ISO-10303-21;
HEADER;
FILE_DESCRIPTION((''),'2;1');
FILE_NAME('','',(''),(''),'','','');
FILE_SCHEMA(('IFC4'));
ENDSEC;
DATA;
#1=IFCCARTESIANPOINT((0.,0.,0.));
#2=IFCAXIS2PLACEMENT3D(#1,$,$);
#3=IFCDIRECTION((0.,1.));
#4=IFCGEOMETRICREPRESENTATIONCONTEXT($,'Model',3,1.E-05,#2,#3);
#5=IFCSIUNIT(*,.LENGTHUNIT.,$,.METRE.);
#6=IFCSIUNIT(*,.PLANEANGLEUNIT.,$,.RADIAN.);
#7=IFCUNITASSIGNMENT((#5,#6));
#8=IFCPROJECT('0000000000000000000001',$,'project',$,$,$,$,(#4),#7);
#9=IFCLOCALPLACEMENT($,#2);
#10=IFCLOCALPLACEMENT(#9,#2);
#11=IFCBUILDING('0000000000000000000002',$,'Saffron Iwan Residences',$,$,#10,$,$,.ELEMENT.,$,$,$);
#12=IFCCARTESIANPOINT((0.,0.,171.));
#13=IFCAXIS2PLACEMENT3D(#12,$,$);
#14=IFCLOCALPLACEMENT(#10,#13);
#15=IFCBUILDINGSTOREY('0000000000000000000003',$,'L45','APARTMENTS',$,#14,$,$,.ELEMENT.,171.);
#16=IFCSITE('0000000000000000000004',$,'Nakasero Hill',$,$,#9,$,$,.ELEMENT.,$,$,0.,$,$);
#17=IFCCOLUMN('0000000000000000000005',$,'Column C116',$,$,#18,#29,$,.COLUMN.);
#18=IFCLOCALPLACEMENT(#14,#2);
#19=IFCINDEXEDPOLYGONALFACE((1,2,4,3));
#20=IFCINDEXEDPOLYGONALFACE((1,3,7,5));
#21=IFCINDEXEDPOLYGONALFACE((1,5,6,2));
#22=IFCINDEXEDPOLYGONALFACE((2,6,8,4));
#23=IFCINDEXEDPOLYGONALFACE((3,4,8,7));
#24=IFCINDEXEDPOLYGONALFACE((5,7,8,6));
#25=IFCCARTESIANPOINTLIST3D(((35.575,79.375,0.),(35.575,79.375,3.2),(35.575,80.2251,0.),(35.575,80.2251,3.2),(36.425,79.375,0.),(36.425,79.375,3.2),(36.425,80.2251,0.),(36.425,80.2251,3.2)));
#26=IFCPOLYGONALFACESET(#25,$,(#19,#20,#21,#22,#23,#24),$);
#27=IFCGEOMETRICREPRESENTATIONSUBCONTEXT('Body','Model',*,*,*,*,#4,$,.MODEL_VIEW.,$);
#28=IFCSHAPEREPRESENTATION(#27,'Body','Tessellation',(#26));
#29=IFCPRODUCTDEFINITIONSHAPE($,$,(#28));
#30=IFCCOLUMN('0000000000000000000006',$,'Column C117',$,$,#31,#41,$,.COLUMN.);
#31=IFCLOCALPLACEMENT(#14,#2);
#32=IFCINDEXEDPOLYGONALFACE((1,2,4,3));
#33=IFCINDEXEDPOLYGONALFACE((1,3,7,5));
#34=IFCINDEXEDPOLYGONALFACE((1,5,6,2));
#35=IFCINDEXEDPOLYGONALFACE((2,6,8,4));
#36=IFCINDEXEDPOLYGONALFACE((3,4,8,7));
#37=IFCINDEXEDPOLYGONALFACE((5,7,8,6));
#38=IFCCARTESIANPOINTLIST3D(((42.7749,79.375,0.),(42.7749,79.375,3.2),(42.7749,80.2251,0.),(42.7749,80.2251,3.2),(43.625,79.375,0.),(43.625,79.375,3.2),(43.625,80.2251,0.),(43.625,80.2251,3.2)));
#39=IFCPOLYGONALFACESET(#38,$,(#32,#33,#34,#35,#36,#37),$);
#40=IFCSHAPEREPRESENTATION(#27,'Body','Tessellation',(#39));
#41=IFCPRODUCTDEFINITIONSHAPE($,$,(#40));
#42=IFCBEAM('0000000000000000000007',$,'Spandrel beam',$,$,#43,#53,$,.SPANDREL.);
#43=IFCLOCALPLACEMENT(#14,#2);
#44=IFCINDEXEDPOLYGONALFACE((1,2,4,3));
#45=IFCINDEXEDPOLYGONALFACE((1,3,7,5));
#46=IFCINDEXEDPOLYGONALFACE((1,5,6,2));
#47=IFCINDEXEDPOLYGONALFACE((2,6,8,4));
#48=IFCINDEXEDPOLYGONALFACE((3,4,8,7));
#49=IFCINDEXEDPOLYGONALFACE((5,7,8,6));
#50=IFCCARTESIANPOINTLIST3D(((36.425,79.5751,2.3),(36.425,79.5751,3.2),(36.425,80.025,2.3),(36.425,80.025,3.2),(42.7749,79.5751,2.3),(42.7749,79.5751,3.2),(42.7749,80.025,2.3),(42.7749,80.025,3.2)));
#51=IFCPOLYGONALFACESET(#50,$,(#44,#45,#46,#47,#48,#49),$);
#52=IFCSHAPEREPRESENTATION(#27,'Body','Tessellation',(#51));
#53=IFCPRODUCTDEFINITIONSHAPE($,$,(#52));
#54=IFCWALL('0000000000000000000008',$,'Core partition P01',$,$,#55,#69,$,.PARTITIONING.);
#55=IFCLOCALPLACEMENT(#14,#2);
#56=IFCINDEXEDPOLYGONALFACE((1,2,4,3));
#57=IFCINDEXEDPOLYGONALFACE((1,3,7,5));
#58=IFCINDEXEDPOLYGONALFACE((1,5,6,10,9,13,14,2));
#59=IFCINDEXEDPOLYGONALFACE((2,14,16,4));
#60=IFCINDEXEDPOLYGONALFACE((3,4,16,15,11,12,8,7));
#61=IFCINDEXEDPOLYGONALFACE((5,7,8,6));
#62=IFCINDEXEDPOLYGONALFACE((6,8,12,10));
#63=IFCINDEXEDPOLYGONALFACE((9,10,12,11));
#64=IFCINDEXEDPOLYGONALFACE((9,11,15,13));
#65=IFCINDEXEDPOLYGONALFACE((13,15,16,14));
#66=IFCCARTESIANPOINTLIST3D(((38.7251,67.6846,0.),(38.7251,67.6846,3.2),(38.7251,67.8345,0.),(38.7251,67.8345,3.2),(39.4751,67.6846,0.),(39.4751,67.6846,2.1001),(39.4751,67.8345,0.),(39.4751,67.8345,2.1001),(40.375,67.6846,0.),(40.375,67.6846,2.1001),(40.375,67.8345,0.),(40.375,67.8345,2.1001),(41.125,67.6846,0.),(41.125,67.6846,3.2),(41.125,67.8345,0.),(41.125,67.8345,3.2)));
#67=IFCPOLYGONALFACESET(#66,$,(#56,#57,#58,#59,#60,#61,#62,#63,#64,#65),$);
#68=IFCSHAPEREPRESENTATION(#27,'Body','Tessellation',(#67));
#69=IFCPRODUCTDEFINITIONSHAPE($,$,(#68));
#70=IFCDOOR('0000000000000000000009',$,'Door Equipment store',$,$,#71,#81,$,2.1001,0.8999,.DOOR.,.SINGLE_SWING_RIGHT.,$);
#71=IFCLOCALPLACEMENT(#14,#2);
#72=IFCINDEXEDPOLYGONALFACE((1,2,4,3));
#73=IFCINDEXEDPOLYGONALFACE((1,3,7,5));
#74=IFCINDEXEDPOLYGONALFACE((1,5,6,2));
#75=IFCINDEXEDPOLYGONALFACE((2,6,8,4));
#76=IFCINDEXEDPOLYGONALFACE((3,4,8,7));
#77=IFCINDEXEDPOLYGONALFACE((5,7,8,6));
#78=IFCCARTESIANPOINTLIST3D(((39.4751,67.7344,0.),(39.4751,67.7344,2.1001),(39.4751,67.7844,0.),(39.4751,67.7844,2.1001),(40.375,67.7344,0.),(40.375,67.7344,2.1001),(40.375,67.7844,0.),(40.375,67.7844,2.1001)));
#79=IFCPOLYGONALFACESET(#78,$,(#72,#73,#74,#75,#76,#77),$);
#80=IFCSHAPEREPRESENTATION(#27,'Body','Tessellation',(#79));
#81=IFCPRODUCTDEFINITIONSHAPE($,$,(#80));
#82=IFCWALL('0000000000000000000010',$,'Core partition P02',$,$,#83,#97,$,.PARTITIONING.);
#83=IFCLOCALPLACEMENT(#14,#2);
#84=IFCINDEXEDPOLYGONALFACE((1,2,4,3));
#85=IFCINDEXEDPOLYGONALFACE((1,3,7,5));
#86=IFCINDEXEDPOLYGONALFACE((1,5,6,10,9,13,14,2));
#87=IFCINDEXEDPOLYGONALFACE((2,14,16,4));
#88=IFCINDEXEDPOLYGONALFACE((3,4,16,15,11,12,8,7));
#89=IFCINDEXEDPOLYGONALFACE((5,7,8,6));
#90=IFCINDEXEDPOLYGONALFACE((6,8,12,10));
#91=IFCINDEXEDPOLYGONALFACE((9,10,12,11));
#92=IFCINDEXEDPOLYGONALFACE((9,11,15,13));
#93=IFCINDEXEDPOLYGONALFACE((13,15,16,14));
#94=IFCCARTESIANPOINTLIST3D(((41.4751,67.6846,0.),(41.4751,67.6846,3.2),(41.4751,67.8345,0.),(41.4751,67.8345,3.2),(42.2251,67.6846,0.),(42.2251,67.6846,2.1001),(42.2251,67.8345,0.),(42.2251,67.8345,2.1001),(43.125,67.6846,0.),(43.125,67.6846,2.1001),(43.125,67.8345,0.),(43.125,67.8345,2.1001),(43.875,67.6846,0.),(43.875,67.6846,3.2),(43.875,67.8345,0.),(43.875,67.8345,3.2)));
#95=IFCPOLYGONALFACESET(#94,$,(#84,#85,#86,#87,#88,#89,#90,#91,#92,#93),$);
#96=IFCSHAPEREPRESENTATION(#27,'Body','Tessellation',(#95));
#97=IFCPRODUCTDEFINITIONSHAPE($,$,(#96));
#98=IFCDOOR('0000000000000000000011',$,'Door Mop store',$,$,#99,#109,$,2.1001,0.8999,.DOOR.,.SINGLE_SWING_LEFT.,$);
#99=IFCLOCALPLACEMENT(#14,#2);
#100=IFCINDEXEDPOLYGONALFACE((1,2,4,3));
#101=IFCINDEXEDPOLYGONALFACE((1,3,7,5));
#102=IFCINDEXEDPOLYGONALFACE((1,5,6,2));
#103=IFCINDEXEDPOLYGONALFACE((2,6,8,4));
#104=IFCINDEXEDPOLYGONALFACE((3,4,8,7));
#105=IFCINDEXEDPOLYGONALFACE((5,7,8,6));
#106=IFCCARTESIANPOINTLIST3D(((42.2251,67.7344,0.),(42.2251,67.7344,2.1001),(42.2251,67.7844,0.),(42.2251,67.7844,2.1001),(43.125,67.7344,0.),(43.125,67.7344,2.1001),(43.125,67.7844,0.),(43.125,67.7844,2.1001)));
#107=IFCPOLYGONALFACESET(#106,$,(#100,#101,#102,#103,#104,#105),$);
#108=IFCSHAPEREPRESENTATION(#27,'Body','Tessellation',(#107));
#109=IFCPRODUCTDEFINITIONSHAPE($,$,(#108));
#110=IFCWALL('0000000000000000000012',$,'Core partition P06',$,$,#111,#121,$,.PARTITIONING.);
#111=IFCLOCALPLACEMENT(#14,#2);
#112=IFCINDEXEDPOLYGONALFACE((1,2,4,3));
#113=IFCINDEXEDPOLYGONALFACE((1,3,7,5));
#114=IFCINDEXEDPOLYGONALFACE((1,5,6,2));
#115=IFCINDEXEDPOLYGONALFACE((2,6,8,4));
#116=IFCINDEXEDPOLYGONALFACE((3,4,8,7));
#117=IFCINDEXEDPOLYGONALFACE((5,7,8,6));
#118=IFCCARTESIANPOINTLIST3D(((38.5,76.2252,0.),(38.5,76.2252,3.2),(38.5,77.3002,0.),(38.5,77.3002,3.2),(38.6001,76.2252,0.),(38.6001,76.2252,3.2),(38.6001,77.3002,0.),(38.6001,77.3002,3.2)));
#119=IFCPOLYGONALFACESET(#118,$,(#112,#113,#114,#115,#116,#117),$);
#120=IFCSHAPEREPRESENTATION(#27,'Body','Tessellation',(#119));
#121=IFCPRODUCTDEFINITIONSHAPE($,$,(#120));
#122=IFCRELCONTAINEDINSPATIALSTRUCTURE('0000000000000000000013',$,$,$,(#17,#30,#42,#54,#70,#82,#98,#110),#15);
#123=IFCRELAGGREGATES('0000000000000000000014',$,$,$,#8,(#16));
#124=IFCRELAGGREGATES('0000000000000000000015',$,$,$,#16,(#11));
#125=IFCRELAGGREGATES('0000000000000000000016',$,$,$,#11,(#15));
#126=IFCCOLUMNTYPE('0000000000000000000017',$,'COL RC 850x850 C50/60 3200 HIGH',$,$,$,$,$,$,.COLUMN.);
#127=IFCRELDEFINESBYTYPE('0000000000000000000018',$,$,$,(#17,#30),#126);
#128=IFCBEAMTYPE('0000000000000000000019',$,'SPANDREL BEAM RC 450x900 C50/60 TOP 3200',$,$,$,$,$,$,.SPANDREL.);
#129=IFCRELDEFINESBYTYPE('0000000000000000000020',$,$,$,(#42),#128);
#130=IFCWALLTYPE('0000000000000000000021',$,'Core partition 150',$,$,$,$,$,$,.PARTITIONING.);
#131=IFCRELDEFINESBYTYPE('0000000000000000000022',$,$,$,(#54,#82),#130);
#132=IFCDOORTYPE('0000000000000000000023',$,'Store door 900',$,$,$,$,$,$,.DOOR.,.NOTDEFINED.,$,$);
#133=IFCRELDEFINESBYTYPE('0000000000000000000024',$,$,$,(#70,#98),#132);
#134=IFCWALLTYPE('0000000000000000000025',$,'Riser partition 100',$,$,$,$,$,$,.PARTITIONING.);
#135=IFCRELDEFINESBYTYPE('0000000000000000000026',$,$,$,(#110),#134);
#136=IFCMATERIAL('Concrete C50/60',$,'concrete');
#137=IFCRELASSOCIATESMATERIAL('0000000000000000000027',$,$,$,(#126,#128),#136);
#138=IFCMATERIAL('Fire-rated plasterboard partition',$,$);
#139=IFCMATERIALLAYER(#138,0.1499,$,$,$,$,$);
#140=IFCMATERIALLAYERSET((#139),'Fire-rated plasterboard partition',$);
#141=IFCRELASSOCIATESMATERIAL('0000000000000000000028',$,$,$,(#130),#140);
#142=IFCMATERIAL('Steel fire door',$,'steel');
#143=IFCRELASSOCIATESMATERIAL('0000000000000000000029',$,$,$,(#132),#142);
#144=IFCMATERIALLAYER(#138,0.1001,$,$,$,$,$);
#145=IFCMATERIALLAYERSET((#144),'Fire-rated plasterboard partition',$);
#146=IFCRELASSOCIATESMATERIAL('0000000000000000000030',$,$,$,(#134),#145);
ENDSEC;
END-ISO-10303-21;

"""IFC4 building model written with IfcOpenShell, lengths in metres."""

from ifc_helpers import new_model, si_unit, direction, frame, frame_2d, origin, origin_2d, place, context, subcontext, project, spatial, rectangle, extrude, source, transform, mapped, material, layer, layer_set, material_profile, profile_set, type_object, element, fill, save


model = new_model("IFC4")

# Units and contexts
model_context = context("Model", 3, precision=1e-05, world=origin(), true_north=direction((0.0, 1.0)))
body_context = subcontext(model_context, "Body", "Model", "MODEL_VIEW")
ifc_project = project(units=[si_unit("LENGTHUNIT", "METRE"), si_unit("PLANEANGLEUNIT", "RADIAN")], contexts=[model_context])

# Site, building, storey
site_placement = place(None, origin())
site = spatial("IfcSite", under=ifc_project, at=site_placement, Name="Nakasero Hill", CompositionType="ELEMENT", RefElevation=0.0)
building_placement = place(site_placement, origin())
building = spatial("IfcBuilding", under=site, at=building_placement, Name="Saffron Iwan Residences", CompositionType="ELEMENT")
storey_placement = place(building_placement, frame((0.0, 0.0, 171.0)))
storey = spatial("IfcBuildingStorey", under=building, at=storey_placement, Name="L45", Description="APARTMENTS", CompositionType="ELEMENT", Elevation=171.0)

# Columns
ifc_material_1 = material(Name="Concrete C50/60", Category="concrete")
ifc_material_profile_1 = material_profile(ifc_material_1, rectangle(XDim=0.8501, YDim=0.8501, at=origin_2d()), Name="RC 850x850")
ifc_profile_set_1 = profile_set([ifc_material_profile_1], Name="Concrete C50/60")
column_type = type_object("IfcColumnType", Name="COL RC 850x850 C50/60 3200 HIGH", PredefinedType="COLUMN", material=ifc_profile_set_1)
shared_shape_1 = source(origin(), body_context, "Body", "SweptSolid", [
    extrude(rectangle(XDim=0.8501, YDim=0.8501, at=origin_2d()), origin(), (0.0, 0.0, 1.0), 3.2),
])
for number, where, z_axis, x_axis, name in (
    (1, (36.0, 79.8, 0.0), (0.0, 0.0, 1.0), (1.0, 0.0, 0.0), "Column C116"),
    (2, (43.2, 79.8, 0.0), (0.0, 0.0, 1.0), (1.0, 0.0, 0.0), "Column C117"),
):
    element("IfcColumn", number, at=place(storey_placement, frame(where, z_axis=z_axis, x_axis=x_axis)), inside=storey, type_object=column_type, Name=name, PredefinedType="COLUMN", context=body_context, shape_type="MappedRepresentation", body=[
        mapped(shared_shape_1, transform((0.0, 0.0, 0.0))),
    ])

# Beam
ifc_material_profile_2 = material_profile(ifc_material_1, rectangle(XDim=0.45, YDim=0.8999, at=origin_2d()), Name="RC 450x900")
ifc_profile_set_2 = profile_set([ifc_material_profile_2], Name="Concrete C50/60")
beam_type = type_object("IfcBeamType", Name="SPANDREL BEAM RC 450x900 C50/60 TOP 3200", PredefinedType="SPANDREL", material=ifc_profile_set_2)
shared_shape_2 = source(origin(), body_context, "Body", "SweptSolid", [
    extrude(rectangle(XDim=0.45, YDim=0.8999, at=origin_2d()), origin(), (0.0, 0.0, 1.0), 6.3499),
])
beam_placement = place(storey_placement, frame((36.425, 79.8, 2.75), z_axis=(1.0, 0.0, 0.0), x_axis=(0.0, 1.0, 0.0)))
element("IfcBeam", 3, at=beam_placement, inside=storey, type_object=beam_type, Name="Spandrel beam", PredefinedType="SPANDREL", context=body_context, shape_type="MappedRepresentation", body=[
    mapped(shared_shape_2, transform((0.0, 0.0, 0.0))),
])

# Walls, openings, doors
ifc_material_2 = material(Name="Fire-rated plasterboard partition")
ifc_layer_1 = layer(ifc_material_2, 0.1499)
ifc_layer_set_1 = layer_set([ifc_layer_1], Name="Fire-rated plasterboard partition")
wall_type_1 = type_object("IfcWallType", Name="Core partition 150", PredefinedType="PARTITIONING", material=ifc_layer_set_1)
wall_1_placement = place(storey_placement, frame((38.7251, 67.7595, 0.0), z_axis=(0.0, 0.0, 1.0), x_axis=(1.0, 0.0, 0.0)))
wall_1 = element("IfcWall", 4, at=wall_1_placement, inside=storey, type_object=wall_type_1, Name="Core partition P01", PredefinedType="PARTITIONING", context=body_context, shape_type="SweptSolid", body=[
    extrude(rectangle(XDim=2.3999, YDim=0.1499, at=frame_2d((1.2, 0.0))), origin(), (0.0, 0.0, 1.0), 3.2),
])
opening_1_placement = place(wall_1_placement, frame((0.75, 0.0, 0.0)))
opening_1 = element("IfcOpeningElement", 5, at=opening_1_placement, cuts=wall_1, PredefinedType="OPENING", context=body_context, shape_type="SweptSolid", body=[
    extrude(rectangle(XDim=0.8999, YDim=2.1001, at=frame_2d((0.45, 1.05))), frame((0.0, 0.085, 0.0), z_axis=(0.0, -1.0, 0.0), x_axis=(1.0, 0.0, 0.0)), (0.0, 0.0, 1.0), 0.1699),
])
ifc_material_3 = material(Name="Steel fire door", Category="steel")
door_type_1 = type_object("IfcDoorType", Name="Store door 900", OperationType="NOTDEFINED", PredefinedType="DOOR", material=ifc_material_3)
door_1_placement = place(opening_1_placement, origin())
door_1 = element("IfcDoor", 6, at=door_1_placement, inside=storey, type_object=door_type_1, Name="Door Equipment store", OperationType="SINGLE_SWING_RIGHT", OverallHeight=2.1001, OverallWidth=0.8999, PredefinedType="DOOR", context=body_context, shape_type="SweptSolid", body=[
    extrude(rectangle(XDim=0.8999, YDim=2.1001, at=frame_2d((0.45, 1.05))), frame((0.0, 0.0249, 0.0), z_axis=(0.0, -1.0, 0.0), x_axis=(1.0, 0.0, 0.0)), (0.0, 0.0, 1.0), 0.05),
])
fill(opening_1, door_1)
wall_2_placement = place(storey_placement, frame((41.4751, 67.7595, 0.0), z_axis=(0.0, 0.0, 1.0), x_axis=(1.0, 0.0, 0.0)))
wall_2 = element("IfcWall", 7, at=wall_2_placement, inside=storey, type_object=wall_type_1, Name="Core partition P02", PredefinedType="PARTITIONING", context=body_context, shape_type="SweptSolid", body=[
    extrude(rectangle(XDim=2.3999, YDim=0.1499, at=frame_2d((1.2, 0.0))), origin(), (0.0, 0.0, 1.0), 3.2),
])
opening_2_placement = place(wall_2_placement, frame((0.75, 0.0, 0.0)))
opening_2 = element("IfcOpeningElement", 8, at=opening_2_placement, cuts=wall_2, PredefinedType="OPENING", context=body_context, shape_type="SweptSolid", body=[
    extrude(rectangle(XDim=0.8999, YDim=2.1001, at=frame_2d((0.45, 1.05))), frame((0.0, 0.085, 0.0), z_axis=(0.0, -1.0, 0.0), x_axis=(1.0, 0.0, 0.0)), (0.0, 0.0, 1.0), 0.1699),
])
door_2_placement = place(opening_2_placement, origin())
door_2 = element("IfcDoor", 9, at=door_2_placement, inside=storey, type_object=door_type_1, Name="Door Mop store", OperationType="SINGLE_SWING_LEFT", OverallHeight=2.1001, OverallWidth=0.8999, PredefinedType="DOOR", context=body_context, shape_type="SweptSolid", body=[
    extrude(rectangle(XDim=0.8999, YDim=2.1001, at=frame_2d((0.45, 1.05))), frame((0.0, 0.0249, 0.0), z_axis=(0.0, -1.0, 0.0), x_axis=(1.0, 0.0, 0.0)), (0.0, 0.0, 1.0), 0.05),
])
fill(opening_2, door_2)

# Wall
ifc_layer_2 = layer(ifc_material_2, 0.1001)
ifc_layer_set_2 = layer_set([ifc_layer_2], Name="Fire-rated plasterboard partition")
wall_type_2 = type_object("IfcWallType", Name="Riser partition 100", PredefinedType="PARTITIONING", material=ifc_layer_set_2)
wall_3_placement = place(storey_placement, frame((38.55, 76.2251, 0.0), z_axis=(0.0, 0.0, 1.0), x_axis=(0.0, 1.0, 0.0)))
element("IfcWall", 10, at=wall_3_placement, inside=storey, type_object=wall_type_2, Name="Core partition P06", PredefinedType="PARTITIONING", context=body_context, shape_type="SweptSolid", body=[
    extrude(rectangle(XDim=1.075, YDim=0.1001, at=frame_2d((0.5376, 0.0))), origin(), (0.0, 0.0, 1.0), 3.2),
])

save(model, "model.ifc")
